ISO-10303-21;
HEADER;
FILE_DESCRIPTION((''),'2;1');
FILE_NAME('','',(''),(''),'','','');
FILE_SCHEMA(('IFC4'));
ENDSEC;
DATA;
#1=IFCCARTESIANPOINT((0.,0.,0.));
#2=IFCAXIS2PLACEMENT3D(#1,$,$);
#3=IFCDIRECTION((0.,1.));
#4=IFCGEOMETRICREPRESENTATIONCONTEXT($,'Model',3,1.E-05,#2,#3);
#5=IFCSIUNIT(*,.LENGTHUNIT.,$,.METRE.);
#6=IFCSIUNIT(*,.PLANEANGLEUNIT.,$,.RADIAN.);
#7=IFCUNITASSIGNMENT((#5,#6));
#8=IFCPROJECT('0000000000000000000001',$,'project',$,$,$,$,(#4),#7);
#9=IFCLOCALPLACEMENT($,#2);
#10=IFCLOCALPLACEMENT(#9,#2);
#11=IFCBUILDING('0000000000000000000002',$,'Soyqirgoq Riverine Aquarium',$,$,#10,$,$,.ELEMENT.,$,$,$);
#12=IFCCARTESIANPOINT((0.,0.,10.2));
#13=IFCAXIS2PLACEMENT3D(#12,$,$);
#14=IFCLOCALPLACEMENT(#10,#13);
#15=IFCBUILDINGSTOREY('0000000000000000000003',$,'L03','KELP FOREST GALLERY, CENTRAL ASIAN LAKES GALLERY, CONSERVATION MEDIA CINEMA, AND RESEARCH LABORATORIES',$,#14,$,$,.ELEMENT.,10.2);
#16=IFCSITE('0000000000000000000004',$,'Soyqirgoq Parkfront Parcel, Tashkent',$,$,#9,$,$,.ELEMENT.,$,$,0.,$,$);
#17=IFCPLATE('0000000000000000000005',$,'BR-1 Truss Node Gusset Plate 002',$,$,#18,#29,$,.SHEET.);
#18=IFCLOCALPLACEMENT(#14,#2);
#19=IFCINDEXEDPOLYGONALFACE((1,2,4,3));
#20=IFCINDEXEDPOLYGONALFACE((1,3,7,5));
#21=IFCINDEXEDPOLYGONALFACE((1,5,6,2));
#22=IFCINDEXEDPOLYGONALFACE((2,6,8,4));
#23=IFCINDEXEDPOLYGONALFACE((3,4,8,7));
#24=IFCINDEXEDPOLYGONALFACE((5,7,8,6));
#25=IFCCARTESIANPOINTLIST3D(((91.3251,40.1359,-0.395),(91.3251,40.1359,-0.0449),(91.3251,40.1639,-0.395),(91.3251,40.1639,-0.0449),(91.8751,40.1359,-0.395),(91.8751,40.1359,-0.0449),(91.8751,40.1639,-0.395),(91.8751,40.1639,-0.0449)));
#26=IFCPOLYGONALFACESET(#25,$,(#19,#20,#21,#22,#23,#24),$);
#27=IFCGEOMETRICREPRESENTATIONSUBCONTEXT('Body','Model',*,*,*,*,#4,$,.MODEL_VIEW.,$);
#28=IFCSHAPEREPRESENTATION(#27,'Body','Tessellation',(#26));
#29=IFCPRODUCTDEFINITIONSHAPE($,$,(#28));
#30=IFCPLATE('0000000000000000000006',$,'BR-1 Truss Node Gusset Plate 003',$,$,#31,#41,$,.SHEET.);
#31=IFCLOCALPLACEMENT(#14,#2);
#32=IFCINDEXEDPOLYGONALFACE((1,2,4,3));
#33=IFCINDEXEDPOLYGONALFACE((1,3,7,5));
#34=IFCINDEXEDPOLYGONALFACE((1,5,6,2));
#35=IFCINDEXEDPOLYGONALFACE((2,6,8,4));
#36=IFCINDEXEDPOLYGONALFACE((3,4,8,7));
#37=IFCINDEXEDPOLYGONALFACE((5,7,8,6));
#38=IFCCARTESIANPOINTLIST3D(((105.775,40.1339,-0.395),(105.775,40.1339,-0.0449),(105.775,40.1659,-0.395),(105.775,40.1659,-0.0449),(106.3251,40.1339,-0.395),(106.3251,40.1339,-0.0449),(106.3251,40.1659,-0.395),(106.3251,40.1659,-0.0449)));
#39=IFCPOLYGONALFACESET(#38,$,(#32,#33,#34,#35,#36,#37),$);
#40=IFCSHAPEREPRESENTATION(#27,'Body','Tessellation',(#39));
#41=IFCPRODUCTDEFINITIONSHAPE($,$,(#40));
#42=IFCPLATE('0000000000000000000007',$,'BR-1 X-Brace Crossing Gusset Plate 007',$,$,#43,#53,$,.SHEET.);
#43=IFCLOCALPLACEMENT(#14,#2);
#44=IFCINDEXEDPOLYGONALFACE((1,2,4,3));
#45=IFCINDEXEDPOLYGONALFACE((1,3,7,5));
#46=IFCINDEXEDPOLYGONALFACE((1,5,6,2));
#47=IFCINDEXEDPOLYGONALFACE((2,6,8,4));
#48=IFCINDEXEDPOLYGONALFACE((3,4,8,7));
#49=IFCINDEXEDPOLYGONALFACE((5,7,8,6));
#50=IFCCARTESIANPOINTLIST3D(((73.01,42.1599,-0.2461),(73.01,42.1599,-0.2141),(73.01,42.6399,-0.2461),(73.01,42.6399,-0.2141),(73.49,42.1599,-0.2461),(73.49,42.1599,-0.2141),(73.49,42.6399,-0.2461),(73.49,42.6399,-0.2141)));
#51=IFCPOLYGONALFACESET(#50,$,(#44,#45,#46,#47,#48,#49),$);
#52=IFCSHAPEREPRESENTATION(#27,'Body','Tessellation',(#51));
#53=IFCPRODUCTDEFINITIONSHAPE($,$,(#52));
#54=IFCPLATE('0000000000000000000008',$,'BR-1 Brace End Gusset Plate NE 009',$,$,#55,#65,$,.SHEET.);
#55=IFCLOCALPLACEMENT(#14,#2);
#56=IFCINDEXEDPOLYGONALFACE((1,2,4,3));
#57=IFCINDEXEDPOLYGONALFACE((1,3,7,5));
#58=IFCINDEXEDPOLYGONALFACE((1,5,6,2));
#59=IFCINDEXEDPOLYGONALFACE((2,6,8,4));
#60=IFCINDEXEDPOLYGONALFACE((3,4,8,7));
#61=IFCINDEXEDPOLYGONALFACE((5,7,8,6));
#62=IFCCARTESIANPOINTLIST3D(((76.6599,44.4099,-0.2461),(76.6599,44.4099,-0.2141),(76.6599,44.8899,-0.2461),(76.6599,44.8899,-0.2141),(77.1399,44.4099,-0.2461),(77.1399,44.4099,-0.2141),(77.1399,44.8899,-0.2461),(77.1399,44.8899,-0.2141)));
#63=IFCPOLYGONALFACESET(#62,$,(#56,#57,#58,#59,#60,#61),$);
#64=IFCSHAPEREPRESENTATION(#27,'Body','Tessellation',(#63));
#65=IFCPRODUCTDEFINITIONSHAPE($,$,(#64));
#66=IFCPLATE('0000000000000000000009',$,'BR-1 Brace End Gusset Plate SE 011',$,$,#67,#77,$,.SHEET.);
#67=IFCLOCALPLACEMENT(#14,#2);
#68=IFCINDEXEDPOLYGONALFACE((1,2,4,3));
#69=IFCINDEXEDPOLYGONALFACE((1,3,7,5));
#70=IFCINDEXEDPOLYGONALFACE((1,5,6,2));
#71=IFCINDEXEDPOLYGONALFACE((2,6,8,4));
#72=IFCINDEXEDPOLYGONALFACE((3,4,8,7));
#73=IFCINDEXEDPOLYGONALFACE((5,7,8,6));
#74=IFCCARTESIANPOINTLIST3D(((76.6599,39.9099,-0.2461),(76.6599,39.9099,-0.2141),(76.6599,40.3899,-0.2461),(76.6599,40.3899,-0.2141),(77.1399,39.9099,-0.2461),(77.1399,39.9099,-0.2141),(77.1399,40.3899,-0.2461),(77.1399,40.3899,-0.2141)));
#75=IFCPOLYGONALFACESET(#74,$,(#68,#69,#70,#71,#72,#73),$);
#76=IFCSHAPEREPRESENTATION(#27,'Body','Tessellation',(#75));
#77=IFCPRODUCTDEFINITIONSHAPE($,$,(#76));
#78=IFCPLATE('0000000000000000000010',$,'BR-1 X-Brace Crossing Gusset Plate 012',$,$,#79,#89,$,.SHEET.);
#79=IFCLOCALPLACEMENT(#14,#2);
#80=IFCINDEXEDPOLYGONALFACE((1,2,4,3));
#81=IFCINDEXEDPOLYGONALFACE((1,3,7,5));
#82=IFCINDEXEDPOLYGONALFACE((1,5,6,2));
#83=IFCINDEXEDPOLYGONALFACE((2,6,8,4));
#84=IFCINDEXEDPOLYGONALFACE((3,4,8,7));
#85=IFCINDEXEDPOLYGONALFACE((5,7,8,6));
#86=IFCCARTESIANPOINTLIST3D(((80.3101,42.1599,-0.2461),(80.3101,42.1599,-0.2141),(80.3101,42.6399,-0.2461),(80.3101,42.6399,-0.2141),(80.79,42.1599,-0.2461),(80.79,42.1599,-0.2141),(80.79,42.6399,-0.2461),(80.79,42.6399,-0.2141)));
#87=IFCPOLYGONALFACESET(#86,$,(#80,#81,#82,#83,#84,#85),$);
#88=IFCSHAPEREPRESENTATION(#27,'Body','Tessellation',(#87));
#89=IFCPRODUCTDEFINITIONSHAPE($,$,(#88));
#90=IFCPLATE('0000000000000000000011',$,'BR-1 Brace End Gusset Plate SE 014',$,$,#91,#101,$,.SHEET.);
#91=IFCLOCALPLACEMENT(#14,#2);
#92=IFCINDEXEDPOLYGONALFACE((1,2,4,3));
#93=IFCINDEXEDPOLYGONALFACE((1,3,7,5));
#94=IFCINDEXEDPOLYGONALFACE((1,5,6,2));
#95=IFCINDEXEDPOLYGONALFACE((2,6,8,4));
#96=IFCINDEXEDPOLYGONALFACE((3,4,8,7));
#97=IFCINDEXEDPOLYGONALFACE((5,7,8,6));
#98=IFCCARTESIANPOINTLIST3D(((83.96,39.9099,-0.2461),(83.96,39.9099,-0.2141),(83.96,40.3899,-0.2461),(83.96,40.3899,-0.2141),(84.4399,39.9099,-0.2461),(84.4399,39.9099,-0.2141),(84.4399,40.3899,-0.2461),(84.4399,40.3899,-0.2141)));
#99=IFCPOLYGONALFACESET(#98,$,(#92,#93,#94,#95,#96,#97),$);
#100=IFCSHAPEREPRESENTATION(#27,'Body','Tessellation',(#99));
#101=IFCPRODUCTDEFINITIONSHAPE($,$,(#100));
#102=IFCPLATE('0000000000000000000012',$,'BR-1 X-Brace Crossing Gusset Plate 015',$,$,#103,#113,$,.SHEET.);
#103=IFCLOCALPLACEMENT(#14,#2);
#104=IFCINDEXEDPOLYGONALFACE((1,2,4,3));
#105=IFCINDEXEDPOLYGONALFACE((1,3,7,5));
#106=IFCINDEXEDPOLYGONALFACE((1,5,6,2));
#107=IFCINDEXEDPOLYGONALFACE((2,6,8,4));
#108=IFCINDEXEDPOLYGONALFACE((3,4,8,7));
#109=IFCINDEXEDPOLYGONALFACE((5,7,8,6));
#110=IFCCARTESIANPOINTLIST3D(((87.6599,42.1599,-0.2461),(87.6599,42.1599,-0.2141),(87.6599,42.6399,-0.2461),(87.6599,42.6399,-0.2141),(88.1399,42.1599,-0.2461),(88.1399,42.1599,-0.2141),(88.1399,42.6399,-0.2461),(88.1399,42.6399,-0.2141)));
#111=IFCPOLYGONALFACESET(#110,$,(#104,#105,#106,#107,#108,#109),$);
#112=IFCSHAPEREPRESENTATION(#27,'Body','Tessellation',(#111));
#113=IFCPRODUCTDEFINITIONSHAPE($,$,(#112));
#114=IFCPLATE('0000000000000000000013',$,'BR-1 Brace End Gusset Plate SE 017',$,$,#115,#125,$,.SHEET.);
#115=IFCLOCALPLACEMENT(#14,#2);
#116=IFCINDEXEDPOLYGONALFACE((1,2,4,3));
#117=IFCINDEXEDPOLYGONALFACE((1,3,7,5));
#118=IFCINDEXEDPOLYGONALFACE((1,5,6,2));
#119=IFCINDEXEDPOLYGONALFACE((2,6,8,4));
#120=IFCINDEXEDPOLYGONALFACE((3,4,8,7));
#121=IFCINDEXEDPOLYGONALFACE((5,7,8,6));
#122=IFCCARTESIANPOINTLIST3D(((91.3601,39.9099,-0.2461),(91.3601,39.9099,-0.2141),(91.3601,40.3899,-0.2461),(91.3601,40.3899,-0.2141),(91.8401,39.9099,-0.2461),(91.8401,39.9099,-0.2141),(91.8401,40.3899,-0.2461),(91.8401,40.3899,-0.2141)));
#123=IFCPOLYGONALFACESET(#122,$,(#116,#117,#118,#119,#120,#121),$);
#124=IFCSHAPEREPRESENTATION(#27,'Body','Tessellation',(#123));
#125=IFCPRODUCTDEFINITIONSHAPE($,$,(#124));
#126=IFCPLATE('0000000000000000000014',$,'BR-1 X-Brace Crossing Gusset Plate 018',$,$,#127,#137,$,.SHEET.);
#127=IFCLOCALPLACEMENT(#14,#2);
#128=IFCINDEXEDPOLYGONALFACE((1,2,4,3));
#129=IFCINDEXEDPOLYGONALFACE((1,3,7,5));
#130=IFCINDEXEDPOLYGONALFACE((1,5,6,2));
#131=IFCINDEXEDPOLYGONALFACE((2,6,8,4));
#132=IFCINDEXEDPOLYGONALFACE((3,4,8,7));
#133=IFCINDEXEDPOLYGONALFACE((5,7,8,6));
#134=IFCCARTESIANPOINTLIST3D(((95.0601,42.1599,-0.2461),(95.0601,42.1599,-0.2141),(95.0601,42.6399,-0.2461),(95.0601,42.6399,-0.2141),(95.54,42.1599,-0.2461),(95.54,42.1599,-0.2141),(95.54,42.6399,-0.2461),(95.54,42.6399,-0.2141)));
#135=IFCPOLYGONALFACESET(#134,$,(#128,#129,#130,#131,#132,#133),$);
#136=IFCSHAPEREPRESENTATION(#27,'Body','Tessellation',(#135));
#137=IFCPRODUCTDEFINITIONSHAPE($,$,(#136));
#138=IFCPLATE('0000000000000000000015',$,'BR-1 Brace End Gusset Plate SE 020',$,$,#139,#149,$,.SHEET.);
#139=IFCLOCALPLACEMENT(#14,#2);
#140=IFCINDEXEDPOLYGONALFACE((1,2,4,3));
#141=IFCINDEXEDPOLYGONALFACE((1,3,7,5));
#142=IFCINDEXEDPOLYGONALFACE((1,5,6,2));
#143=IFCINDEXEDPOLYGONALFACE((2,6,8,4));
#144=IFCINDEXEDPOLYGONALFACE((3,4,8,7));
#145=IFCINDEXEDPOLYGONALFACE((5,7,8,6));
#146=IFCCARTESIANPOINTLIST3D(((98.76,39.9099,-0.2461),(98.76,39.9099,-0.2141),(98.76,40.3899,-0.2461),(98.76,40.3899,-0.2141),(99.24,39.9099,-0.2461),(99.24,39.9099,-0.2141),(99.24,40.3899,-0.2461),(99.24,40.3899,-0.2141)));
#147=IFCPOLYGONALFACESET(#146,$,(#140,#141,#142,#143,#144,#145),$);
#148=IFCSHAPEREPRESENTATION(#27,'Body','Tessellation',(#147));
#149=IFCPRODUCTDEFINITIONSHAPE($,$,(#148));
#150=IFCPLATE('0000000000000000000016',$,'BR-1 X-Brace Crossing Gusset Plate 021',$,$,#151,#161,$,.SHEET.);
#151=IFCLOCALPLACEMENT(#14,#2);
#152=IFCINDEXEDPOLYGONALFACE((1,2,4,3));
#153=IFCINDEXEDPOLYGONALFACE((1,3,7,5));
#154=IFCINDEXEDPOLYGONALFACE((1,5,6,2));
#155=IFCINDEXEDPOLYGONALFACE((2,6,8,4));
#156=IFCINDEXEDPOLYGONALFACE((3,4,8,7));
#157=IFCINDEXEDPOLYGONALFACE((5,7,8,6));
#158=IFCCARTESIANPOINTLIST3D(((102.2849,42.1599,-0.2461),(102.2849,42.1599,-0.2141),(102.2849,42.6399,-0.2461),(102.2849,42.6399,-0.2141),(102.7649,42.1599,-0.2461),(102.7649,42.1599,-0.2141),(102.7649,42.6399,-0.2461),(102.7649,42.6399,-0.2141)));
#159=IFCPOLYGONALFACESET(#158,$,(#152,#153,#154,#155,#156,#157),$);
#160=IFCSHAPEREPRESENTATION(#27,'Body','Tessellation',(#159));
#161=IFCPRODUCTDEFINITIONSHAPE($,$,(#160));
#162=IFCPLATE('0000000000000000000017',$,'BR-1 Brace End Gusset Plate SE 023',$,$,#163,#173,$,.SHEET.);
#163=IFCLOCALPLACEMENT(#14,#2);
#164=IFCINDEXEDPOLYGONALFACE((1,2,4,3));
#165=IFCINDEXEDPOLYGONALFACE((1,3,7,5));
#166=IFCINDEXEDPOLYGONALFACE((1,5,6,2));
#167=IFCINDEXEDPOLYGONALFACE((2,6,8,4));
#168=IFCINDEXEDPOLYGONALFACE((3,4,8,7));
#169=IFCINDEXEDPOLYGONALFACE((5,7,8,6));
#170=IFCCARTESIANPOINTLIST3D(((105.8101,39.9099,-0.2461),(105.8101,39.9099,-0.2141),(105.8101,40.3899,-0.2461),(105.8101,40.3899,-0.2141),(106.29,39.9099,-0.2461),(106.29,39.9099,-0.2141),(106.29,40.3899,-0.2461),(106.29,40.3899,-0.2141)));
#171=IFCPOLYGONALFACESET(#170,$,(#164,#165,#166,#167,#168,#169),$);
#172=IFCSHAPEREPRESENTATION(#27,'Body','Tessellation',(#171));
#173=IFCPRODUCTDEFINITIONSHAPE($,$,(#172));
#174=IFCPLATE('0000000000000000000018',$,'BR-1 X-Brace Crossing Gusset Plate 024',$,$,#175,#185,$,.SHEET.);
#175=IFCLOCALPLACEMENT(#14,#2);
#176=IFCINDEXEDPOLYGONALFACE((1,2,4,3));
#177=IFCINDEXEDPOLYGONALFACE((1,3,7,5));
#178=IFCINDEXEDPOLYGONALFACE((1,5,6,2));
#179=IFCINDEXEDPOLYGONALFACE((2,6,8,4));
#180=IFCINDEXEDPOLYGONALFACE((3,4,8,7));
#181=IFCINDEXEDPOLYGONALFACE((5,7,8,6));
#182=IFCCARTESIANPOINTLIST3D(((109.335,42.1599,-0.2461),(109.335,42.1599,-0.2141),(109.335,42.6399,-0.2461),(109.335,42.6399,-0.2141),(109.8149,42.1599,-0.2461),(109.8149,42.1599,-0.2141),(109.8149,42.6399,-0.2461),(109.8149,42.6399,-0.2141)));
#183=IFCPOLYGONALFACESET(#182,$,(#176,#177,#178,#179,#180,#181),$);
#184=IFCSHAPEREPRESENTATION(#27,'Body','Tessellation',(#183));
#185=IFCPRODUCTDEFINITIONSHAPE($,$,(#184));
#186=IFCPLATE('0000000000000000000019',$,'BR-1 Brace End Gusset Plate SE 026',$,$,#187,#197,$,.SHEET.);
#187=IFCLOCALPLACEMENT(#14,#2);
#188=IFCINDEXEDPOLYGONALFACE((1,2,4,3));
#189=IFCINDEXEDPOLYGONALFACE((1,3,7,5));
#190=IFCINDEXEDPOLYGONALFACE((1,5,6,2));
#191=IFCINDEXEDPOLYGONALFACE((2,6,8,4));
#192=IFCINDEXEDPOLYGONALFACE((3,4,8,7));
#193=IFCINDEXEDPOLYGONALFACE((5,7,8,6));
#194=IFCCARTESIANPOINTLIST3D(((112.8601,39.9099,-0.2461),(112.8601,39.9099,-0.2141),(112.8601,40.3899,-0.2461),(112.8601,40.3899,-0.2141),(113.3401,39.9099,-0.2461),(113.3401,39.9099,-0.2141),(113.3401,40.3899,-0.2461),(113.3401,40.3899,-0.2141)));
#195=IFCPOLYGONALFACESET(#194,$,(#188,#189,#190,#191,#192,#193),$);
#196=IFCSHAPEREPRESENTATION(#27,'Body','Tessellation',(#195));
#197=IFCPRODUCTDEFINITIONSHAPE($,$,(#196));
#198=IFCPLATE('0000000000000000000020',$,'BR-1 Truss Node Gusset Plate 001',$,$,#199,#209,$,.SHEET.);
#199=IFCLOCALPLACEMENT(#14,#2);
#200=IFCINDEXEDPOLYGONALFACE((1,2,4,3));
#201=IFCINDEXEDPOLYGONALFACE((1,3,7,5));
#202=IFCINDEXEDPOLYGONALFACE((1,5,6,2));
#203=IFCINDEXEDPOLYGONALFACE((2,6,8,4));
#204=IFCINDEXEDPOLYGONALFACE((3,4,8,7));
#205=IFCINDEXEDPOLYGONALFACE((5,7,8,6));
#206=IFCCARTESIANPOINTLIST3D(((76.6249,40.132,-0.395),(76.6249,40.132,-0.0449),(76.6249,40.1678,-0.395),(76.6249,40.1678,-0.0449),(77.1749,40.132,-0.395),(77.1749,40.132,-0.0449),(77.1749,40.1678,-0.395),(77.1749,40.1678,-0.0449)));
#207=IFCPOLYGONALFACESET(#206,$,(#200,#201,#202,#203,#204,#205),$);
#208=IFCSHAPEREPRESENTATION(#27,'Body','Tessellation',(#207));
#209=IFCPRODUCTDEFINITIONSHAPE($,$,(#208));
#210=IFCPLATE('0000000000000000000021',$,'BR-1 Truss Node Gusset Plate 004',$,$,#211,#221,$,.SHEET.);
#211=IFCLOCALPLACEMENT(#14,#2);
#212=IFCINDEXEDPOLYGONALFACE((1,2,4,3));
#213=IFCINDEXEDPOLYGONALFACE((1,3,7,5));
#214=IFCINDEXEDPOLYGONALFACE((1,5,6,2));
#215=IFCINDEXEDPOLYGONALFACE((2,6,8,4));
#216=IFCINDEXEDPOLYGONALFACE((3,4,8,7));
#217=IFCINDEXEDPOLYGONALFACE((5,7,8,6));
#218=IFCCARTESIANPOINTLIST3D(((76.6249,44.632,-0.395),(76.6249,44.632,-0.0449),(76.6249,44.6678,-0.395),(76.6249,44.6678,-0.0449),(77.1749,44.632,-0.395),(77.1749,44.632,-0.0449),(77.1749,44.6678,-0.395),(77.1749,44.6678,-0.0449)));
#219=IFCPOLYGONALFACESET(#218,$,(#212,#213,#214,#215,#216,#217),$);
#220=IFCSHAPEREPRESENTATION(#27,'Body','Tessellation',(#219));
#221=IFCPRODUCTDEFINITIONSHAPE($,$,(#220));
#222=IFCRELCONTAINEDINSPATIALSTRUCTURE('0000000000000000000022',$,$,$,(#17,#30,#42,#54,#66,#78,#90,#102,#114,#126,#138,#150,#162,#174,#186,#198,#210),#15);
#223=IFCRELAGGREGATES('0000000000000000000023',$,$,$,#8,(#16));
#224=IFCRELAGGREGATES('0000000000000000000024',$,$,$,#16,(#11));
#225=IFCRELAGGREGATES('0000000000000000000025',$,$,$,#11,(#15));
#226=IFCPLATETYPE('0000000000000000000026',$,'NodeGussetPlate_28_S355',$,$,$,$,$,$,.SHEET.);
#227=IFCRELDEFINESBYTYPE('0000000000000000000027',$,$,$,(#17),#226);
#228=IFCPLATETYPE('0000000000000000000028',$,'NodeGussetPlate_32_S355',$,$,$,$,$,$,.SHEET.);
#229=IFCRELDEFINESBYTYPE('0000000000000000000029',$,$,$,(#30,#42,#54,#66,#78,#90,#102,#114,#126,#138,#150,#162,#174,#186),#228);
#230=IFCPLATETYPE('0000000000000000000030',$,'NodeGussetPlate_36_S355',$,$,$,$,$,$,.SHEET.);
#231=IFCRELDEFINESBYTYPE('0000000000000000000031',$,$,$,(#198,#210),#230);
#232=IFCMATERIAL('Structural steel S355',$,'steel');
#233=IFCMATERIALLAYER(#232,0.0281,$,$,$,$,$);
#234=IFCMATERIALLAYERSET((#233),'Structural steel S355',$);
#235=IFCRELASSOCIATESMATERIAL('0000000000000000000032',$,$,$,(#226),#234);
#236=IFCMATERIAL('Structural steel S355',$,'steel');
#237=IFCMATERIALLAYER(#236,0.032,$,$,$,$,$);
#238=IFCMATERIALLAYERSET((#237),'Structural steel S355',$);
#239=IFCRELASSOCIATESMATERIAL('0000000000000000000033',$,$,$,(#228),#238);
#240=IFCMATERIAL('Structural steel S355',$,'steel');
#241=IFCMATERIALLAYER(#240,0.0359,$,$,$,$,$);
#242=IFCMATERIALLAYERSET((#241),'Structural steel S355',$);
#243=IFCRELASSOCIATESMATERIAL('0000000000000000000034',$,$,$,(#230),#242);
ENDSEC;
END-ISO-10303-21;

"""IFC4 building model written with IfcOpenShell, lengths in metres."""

from ifc_helpers import new_model, si_unit, direction, frame, origin, origin_2d, place, context, subcontext, project, spatial, rectangle, extrude, material, layer, layer_set, type_object, element, save


model = new_model("IFC4")

# Units and contexts
model_context = context("Model", 3, precision=1e-05, world=origin(), true_north=direction((0.0, 1.0)))
body_context = subcontext(model_context, "Body", "Model", "MODEL_VIEW")
ifc_project = project(units=[si_unit("LENGTHUNIT", "METRE"), si_unit("PLANEANGLEUNIT", "RADIAN")], contexts=[model_context])

# Site, building, storey
site_placement = place(None, origin())
site = spatial("IfcSite", under=ifc_project, at=site_placement, Name="Soyqirgoq Parkfront Parcel, Tashkent", CompositionType="ELEMENT", RefElevation=0.0)
building_placement = place(site_placement, origin())
building = spatial("IfcBuilding", under=site, at=building_placement, Name="Soyqirgoq Riverine Aquarium", CompositionType="ELEMENT")
storey_placement = place(building_placement, frame((0.0, 0.0, 10.2)))
storey = spatial("IfcBuildingStorey", under=building, at=storey_placement, Name="L03", Description="KELP FOREST GALLERY, CENTRAL ASIAN LAKES GALLERY, CONSERVATION MEDIA CINEMA, AND RESEARCH LABORATORIES", CompositionType="ELEMENT", Elevation=10.2)

# Plates
ifc_material_1 = material(Name="Structural steel S355", Category="steel")
ifc_layer_1 = layer(ifc_material_1, 0.0281)
ifc_layer_set_1 = layer_set([ifc_layer_1], Name="Structural steel S355")
plate_type_1 = type_object("IfcPlateType", Name="NodeGussetPlate_28_S355", PredefinedType="SHEET", material=ifc_layer_set_1)
plate_1_placement = place(storey_placement, frame((91.6001, 40.1499, -0.395), z_axis=(0.0, 0.0, 1.0), x_axis=(1.0, 0.0, 0.0)))
element("IfcPlate", 1, at=plate_1_placement, inside=storey, type_object=plate_type_1, Name="BR-1 Truss Node Gusset Plate 002", PredefinedType="SHEET", context=body_context, shape_type="SweptSolid", body=[
    extrude(rectangle(XDim=0.55, YDim=0.0281, at=origin_2d()), origin(), (0.0, 0.0, 1.0), 0.3501),
])
ifc_material_2 = material(Name="Structural steel S355", Category="steel")
ifc_layer_2 = layer(ifc_material_2, 0.032)
ifc_layer_set_2 = layer_set([ifc_layer_2], Name="Structural steel S355")
plate_type_2 = type_object("IfcPlateType", Name="NodeGussetPlate_32_S355", PredefinedType="SHEET", material=ifc_layer_set_2)
plate_2_placement = place(storey_placement, frame((106.05, 40.1499, -0.395), z_axis=(0.0, 0.0, 1.0), x_axis=(1.0, 0.0, 0.0)))
element("IfcPlate", 2, at=plate_2_placement, inside=storey, type_object=plate_type_2, Name="BR-1 Truss Node Gusset Plate 003", PredefinedType="SHEET", context=body_context, shape_type="SweptSolid", body=[
    extrude(rectangle(XDim=0.55, YDim=0.032, at=origin_2d()), origin(), (0.0, 0.0, 1.0), 0.3501),
])
for number, where, z_axis, x_axis, name in (
    (3, (73.25, 42.3999, -0.2461), (0.0, 0.0, 1.0), (1.0, 0.0, 0.0), "BR-1 X-Brace Crossing Gusset Plate 007"),
    (4, (76.8999, 44.6499, -0.2461), (0.0, 0.0, 1.0), (1.0, 0.0, 0.0), "BR-1 Brace End Gusset Plate NE 009"),
    (5, (76.8999, 40.1499, -0.2461), (0.0, 0.0, 1.0), (1.0, 0.0, 0.0), "BR-1 Brace End Gusset Plate SE 011"),
    (6, (80.55, 42.3999, -0.2461), (0.0, 0.0, 1.0), (1.0, 0.0, 0.0), "BR-1 X-Brace Crossing Gusset Plate 012"),
    (7, (84.2, 40.1499, -0.2461), (0.0, 0.0, 1.0), (1.0, 0.0, 0.0), "BR-1 Brace End Gusset Plate SE 014"),
    (8, (87.8999, 42.3999, -0.2461), (0.0, 0.0, 1.0), (1.0, 0.0, 0.0), "BR-1 X-Brace Crossing Gusset Plate 015"),
    (9, (91.6001, 40.1499, -0.2461), (0.0, 0.0, 1.0), (1.0, 0.0, 0.0), "BR-1 Brace End Gusset Plate SE 017"),
    (10, (95.3, 42.3999, -0.2461), (0.0, 0.0, 1.0), (1.0, 0.0, 0.0), "BR-1 X-Brace Crossing Gusset Plate 018"),
    (11, (99.0, 40.1499, -0.2461), (0.0, 0.0, 1.0), (1.0, 0.0, 0.0), "BR-1 Brace End Gusset Plate SE 020"),
    (12, (102.5249, 42.3999, -0.2461), (0.0, 0.0, 1.0), (1.0, 0.0, 0.0), "BR-1 X-Brace Crossing Gusset Plate 021"),
    (13, (106.05, 40.1499, -0.2461), (0.0, 0.0, 1.0), (1.0, 0.0, 0.0), "BR-1 Brace End Gusset Plate SE 023"),
    (14, (109.575, 42.3999, -0.2461), (0.0, 0.0, 1.0), (1.0, 0.0, 0.0), "BR-1 X-Brace Crossing Gusset Plate 024"),
    (15, (113.1001, 40.1499, -0.2461), (0.0, 0.0, 1.0), (1.0, 0.0, 0.0), "BR-1 Brace End Gusset Plate SE 026"),
):
    element("IfcPlate", number, at=place(storey_placement, frame(where, z_axis=z_axis, x_axis=x_axis)), inside=storey, type_object=plate_type_2, Name=name, PredefinedType="SHEET", context=body_context, shape_type="SweptSolid", body=[
        extrude(rectangle(XDim=0.48, YDim=0.48, at=origin_2d()), origin(), (0.0, 0.0, 1.0), 0.032),
    ])
ifc_material_3 = material(Name="Structural steel S355", Category="steel")
ifc_layer_3 = layer(ifc_material_3, 0.0359)
ifc_layer_set_3 = layer_set([ifc_layer_3], Name="Structural steel S355")
plate_type_3 = type_object("IfcPlateType", Name="NodeGussetPlate_36_S355", PredefinedType="SHEET", material=ifc_layer_set_3)
for number, where, z_axis, x_axis, name in (
    (16, (76.8999, 40.1499, -0.395), (0.0, 0.0, 1.0), (1.0, 0.0, 0.0), "BR-1 Truss Node Gusset Plate 001"),
    (17, (76.8999, 44.6499, -0.395), (0.0, 0.0, 1.0), (1.0, 0.0, 0.0), "BR-1 Truss Node Gusset Plate 004"),
):
    element("IfcPlate", number, at=place(storey_placement, frame(where, z_axis=z_axis, x_axis=x_axis)), inside=storey, type_object=plate_type_3, Name=name, PredefinedType="SHEET", context=body_context, shape_type="SweptSolid", body=[
        extrude(rectangle(XDim=0.55, YDim=0.0359, at=origin_2d()), origin(), (0.0, 0.0, 1.0), 0.3501),
    ])

save(model, "model.ifc")
